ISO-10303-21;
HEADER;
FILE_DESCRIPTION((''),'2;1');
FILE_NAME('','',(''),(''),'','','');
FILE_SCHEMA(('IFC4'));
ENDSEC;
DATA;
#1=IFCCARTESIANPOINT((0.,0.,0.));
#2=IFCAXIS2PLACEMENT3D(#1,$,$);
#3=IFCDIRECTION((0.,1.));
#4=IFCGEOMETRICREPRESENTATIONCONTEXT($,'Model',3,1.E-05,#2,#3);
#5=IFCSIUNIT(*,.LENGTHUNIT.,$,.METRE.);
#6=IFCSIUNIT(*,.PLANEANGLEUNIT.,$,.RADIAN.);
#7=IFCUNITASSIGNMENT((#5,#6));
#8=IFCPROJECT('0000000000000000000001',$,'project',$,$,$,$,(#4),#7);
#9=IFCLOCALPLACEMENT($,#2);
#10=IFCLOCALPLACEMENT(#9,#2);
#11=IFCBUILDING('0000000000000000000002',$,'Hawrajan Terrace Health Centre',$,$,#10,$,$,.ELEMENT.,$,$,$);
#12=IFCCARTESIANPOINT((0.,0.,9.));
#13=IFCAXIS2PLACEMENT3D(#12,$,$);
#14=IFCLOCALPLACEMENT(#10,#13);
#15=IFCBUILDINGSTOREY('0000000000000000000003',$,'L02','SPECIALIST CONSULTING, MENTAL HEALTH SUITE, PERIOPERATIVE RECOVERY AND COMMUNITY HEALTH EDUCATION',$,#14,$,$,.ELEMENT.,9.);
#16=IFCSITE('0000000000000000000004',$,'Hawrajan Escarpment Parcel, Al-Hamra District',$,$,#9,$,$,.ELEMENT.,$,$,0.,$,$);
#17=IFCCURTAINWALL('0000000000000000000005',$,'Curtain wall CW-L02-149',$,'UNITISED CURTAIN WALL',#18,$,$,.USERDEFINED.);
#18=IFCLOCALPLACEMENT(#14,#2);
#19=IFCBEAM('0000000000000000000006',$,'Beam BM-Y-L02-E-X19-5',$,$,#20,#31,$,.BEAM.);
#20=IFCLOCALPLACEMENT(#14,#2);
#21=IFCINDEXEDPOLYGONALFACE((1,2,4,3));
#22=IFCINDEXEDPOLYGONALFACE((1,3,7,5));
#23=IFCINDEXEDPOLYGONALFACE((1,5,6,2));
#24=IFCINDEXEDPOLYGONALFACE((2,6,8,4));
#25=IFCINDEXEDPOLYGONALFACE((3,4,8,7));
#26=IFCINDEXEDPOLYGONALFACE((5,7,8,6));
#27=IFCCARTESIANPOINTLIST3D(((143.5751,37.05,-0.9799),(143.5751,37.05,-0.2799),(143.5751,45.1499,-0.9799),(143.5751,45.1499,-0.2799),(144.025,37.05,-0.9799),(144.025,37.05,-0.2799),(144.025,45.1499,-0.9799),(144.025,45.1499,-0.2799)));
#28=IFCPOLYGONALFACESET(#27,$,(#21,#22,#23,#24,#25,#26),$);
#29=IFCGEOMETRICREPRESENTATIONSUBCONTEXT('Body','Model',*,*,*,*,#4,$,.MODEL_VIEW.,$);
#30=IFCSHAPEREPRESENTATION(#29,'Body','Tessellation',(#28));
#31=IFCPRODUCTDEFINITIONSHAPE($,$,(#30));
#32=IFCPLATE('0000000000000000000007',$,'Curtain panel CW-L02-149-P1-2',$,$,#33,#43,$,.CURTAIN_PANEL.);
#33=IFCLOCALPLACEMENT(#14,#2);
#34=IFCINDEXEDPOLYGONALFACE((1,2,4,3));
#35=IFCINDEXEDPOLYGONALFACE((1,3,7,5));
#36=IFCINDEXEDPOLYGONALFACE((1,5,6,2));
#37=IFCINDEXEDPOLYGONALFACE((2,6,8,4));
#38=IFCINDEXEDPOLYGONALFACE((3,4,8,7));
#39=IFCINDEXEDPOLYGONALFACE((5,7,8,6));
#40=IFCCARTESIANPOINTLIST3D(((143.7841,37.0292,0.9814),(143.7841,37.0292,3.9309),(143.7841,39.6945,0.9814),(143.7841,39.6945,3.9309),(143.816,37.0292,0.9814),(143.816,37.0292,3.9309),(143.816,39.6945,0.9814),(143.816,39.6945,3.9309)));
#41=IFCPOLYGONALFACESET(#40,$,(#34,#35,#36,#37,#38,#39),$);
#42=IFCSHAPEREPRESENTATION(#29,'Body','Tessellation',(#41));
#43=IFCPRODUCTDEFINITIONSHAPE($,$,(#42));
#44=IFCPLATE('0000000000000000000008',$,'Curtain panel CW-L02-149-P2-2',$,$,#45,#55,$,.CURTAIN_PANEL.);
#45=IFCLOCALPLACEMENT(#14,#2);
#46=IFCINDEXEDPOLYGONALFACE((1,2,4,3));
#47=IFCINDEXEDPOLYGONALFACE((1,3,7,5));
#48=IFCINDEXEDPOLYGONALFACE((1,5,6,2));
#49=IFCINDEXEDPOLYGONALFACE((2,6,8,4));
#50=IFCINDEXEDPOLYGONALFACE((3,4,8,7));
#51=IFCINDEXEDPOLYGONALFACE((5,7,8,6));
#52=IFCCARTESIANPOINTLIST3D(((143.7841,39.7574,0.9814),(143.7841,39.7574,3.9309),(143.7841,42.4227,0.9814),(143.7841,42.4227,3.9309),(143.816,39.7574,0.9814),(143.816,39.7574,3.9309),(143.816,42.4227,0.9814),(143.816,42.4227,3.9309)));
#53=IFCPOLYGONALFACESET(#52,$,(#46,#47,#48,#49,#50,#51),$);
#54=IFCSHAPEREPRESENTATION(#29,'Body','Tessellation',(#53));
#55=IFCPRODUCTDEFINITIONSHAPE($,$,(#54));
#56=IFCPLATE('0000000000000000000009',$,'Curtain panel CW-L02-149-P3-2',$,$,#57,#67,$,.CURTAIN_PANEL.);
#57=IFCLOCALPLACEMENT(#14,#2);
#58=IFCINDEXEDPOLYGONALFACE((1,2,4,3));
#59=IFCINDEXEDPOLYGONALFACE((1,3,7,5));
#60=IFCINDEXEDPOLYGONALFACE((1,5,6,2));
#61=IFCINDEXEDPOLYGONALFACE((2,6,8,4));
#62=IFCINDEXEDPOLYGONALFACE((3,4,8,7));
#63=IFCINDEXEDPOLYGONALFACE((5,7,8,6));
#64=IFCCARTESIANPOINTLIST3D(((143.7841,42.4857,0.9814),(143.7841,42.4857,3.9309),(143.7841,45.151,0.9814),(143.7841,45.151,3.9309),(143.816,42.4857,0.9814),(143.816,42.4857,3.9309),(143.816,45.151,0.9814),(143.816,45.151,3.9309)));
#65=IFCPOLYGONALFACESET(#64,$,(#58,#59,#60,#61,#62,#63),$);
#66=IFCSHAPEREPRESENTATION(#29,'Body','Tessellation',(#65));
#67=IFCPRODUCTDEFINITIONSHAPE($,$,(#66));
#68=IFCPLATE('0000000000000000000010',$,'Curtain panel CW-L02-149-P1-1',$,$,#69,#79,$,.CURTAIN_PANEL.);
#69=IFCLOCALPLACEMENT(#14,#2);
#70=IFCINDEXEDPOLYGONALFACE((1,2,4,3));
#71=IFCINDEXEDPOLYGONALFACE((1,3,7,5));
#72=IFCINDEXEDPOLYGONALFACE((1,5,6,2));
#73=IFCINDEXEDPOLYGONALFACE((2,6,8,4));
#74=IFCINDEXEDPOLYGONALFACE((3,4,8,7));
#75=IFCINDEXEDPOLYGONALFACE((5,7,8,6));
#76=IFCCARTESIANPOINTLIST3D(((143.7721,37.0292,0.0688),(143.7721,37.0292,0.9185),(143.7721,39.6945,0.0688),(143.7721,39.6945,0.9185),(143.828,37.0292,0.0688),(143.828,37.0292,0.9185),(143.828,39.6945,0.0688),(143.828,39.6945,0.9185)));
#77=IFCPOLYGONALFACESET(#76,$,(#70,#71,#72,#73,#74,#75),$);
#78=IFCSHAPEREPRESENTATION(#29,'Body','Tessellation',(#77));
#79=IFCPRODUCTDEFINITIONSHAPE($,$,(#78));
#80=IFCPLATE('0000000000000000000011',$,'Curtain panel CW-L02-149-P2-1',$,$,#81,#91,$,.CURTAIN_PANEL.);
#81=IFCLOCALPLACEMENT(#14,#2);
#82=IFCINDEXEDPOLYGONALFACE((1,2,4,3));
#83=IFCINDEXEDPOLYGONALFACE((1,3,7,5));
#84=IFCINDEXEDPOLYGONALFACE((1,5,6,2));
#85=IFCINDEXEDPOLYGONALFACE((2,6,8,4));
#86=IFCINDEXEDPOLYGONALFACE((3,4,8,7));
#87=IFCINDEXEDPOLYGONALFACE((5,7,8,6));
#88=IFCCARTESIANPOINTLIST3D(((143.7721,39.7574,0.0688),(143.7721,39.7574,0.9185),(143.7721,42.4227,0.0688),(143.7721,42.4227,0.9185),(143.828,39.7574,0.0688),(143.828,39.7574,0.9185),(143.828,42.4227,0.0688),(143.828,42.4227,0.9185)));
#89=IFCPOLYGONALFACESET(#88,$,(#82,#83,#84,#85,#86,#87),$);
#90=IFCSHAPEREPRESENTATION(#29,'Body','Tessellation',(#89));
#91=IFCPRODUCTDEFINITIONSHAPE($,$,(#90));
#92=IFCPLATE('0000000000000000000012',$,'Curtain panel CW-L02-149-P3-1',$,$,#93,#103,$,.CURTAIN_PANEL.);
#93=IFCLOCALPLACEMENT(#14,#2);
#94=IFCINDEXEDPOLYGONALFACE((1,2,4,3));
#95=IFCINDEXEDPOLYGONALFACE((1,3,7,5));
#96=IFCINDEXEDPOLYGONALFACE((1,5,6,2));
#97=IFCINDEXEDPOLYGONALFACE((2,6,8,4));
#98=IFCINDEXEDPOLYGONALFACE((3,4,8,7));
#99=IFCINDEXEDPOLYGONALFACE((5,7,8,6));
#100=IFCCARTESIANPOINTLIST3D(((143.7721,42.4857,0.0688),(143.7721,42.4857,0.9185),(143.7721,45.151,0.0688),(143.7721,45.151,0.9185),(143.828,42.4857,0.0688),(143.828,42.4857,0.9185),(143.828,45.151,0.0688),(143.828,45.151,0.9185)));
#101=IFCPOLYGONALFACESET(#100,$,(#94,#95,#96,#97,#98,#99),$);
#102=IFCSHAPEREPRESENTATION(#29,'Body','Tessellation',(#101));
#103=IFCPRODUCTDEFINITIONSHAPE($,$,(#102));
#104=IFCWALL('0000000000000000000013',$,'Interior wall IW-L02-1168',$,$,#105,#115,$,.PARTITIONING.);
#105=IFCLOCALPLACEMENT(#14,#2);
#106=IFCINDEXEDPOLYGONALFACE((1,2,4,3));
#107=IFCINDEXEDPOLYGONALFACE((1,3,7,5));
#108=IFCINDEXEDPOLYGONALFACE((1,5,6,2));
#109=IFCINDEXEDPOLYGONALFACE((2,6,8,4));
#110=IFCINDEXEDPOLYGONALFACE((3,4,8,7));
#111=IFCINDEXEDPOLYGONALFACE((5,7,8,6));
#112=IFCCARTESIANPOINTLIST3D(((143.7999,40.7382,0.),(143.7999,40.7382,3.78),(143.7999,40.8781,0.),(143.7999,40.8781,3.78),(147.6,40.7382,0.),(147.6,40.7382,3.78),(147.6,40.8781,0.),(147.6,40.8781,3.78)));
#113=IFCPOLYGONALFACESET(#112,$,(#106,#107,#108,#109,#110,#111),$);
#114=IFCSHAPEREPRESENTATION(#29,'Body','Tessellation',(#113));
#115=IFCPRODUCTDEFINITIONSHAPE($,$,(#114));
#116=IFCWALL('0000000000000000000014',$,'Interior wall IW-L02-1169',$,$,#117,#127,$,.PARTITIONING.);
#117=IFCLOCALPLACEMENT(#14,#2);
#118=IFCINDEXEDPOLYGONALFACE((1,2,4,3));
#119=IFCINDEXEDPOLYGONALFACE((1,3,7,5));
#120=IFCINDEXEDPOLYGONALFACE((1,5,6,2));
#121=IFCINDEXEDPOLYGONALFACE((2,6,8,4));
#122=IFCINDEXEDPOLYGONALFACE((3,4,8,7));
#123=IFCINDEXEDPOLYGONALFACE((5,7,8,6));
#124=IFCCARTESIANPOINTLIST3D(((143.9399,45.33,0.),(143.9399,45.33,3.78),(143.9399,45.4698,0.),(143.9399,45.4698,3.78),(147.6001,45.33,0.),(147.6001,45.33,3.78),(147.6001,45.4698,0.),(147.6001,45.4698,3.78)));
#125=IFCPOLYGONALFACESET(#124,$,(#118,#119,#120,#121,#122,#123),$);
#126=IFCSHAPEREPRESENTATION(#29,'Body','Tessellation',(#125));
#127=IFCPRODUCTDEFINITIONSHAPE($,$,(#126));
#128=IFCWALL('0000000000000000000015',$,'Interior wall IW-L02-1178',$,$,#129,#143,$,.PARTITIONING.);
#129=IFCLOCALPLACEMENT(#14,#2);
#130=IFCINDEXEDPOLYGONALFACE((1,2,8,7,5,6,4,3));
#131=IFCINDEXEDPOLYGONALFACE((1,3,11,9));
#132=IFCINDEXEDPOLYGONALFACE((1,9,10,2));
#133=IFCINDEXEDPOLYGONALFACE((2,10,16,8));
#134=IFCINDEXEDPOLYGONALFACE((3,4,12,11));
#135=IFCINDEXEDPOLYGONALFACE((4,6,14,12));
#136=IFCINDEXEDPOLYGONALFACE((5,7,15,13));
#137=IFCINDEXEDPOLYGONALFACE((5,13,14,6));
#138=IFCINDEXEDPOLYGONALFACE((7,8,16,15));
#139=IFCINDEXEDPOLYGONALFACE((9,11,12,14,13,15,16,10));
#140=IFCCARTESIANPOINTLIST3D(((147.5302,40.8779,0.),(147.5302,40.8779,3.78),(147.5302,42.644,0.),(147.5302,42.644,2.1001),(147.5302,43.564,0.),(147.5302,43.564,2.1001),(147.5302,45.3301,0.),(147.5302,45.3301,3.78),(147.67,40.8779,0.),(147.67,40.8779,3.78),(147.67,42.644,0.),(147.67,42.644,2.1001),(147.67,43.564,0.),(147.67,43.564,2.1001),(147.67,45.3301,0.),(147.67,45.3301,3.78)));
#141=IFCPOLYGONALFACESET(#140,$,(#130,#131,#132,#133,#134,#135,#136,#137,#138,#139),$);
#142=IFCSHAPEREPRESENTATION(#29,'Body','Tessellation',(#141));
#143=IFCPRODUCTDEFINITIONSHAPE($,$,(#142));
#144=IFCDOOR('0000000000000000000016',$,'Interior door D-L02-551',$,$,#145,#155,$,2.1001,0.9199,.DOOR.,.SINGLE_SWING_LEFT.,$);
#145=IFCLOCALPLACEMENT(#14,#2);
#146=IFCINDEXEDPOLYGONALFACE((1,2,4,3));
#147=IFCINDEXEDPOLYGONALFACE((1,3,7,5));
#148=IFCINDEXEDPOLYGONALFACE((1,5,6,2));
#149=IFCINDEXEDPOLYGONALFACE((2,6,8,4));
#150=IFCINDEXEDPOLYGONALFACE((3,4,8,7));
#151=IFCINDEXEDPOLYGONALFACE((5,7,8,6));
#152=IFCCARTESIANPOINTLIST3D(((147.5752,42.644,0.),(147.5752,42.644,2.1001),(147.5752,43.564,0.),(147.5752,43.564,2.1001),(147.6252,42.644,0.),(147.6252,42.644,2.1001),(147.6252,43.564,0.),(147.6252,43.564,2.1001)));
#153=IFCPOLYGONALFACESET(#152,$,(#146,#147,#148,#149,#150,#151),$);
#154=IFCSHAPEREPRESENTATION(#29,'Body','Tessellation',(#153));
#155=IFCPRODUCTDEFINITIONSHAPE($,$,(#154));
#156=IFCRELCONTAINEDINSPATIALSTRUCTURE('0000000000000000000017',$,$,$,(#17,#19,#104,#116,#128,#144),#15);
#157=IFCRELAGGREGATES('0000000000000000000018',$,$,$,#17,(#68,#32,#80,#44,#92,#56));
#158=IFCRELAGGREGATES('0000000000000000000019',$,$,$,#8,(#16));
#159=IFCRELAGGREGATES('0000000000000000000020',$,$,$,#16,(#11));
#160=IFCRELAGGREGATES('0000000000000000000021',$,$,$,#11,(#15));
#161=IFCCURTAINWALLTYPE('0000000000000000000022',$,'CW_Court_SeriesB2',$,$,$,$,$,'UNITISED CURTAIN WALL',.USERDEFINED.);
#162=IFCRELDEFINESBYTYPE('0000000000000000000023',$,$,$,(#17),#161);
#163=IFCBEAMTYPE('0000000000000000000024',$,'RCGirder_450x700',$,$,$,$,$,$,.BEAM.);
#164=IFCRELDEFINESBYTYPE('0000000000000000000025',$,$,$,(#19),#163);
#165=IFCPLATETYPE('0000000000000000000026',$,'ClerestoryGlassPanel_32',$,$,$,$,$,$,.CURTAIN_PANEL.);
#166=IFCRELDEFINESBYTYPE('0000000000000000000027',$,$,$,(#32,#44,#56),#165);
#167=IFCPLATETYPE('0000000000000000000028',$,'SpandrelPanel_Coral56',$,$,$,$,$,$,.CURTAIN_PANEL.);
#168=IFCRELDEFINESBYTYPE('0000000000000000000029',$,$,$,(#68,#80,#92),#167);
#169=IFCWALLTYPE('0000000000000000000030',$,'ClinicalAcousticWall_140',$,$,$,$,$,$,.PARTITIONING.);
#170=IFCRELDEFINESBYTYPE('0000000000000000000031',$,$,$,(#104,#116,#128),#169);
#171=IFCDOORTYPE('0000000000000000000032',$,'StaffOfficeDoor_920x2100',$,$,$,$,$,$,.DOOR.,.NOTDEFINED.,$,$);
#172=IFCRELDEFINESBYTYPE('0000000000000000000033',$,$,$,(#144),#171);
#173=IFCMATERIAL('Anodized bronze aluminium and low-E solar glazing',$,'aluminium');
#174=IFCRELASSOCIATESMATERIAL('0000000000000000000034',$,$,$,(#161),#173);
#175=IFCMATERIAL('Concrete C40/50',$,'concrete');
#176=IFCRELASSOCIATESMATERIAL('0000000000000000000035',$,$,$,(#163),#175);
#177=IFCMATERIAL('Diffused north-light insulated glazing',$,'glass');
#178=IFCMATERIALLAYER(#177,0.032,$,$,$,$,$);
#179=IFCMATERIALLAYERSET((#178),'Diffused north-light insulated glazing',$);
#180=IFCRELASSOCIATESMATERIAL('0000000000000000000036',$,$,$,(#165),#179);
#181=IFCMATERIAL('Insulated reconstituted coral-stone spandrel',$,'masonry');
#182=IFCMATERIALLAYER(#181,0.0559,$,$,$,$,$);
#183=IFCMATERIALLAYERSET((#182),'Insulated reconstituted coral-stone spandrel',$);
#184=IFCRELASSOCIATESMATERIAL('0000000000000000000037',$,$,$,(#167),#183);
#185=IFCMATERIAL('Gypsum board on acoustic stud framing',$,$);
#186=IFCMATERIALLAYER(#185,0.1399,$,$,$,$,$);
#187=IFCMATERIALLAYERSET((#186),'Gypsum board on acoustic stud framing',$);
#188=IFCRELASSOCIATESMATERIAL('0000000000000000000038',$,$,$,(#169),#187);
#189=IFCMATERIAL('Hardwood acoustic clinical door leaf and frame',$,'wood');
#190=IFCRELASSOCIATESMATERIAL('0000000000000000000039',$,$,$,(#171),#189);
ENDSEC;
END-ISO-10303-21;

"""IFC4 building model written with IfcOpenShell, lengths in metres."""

from ifc_helpers import new_model, si_unit, direction, frame, frame_2d, origin, origin_2d, place, context, subcontext, project, spatial, rectangle, extrude, material, layer, layer_set, material_profile, profile_set, type_object, element, fill, aggregate, save


model = new_model("IFC4")

# Units and contexts
model_context = context("Model", 3, precision=1e-05, world=origin(), true_north=direction((0.0, 1.0)))
body_context = subcontext(model_context, "Body", "Model", "MODEL_VIEW")
ifc_project = project(units=[si_unit("LENGTHUNIT", "METRE"), si_unit("PLANEANGLEUNIT", "RADIAN")], contexts=[model_context])

# Site, building, storey
site_placement = place(None, origin())
site = spatial("IfcSite", under=ifc_project, at=site_placement, Name="Hawrajan Escarpment Parcel, Al-Hamra District", CompositionType="ELEMENT", RefElevation=0.0)
building_placement = place(site_placement, origin())
building = spatial("IfcBuilding", under=site, at=building_placement, Name="Hawrajan Terrace Health Centre", CompositionType="ELEMENT")
storey_placement = place(building_placement, frame((0.0, 0.0, 9.0)))
storey = spatial("IfcBuildingStorey", under=building, at=storey_placement, Name="L02", Description="SPECIALIST CONSULTING, MENTAL HEALTH SUITE, PERIOPERATIVE RECOVERY AND COMMUNITY HEALTH EDUCATION", CompositionType="ELEMENT", Elevation=9.0)

# Curtain wall
ifc_material_1 = material(Name="Anodized bronze aluminium and low-E solar glazing", Category="aluminium")
curtain_wall_type = type_object("IfcCurtainWallType", Name="CW_Court_SeriesB2", ElementType="UNITISED CURTAIN WALL", PredefinedType="USERDEFINED", material=ifc_material_1)
curtain_wall_placement = place(storey_placement, origin())
curtain_wall = element("IfcCurtainWall", 1, at=curtain_wall_placement, inside=storey, type_object=curtain_wall_type, Name="Curtain wall CW-L02-149", ObjectType="UNITISED CURTAIN WALL", PredefinedType="USERDEFINED")

# Beam
ifc_material_2 = material(Name="Concrete C40/50", Category="concrete")
ifc_material_profile_1 = material_profile(ifc_material_2, rectangle(XDim=0.45, YDim=0.7, at=origin_2d()), Name="RC BM 450x700")
ifc_profile_set_1 = profile_set([ifc_material_profile_1], Name="Concrete C40/50")
beam_type_1 = type_object("IfcBeamType", Name="RCGirder_450x700", PredefinedType="BEAM", material=ifc_profile_set_1)
beam_1_placement = place(storey_placement, frame((143.8, 37.05, -0.6299), z_axis=(0.0, 1.0, 0.0), x_axis=(-1.0, 0.0, 0.0)))
element("IfcBeam", 2, at=beam_1_placement, inside=storey, type_object=beam_type_1, Name="Beam BM-Y-L02-E-X19-5", PredefinedType="BEAM", context=body_context, shape_type="SweptSolid", body=[
    extrude(rectangle(XDim=0.45, YDim=0.7, at=origin_2d()), origin(), (0.0, 0.0, 1.0), 8.0999),
])

# Plates
ifc_material_3 = material(Name="Diffused north-light insulated glazing", Category="glass")
ifc_layer_1 = layer(ifc_material_3, 0.032)
ifc_layer_set_1 = layer_set([ifc_layer_1], Name="Diffused north-light insulated glazing")
plate_type_1 = type_object("IfcPlateType", Name="ClerestoryGlassPanel_32", PredefinedType="CURTAIN_PANEL", material=ifc_layer_set_1)
plate_1_placement = place(storey_placement, frame((143.8, 38.3618, 0.9814), z_axis=(0.0, 0.0, 1.0), x_axis=(0.0, 1.0, 0.0)))
plate_1 = element("IfcPlate", 3, at=plate_1_placement, type_object=plate_type_1, Name="Curtain panel CW-L02-149-P1-2", PredefinedType="CURTAIN_PANEL", context=body_context, shape_type="SweptSolid", body=[
    extrude(rectangle(XDim=2.6653, YDim=0.032, at=origin_2d()), origin(), (0.0, 0.0, 1.0), 2.9495),
])
plate_2_placement = place(storey_placement, frame((143.8, 41.0901, 0.9814), z_axis=(0.0, 0.0, 1.0), x_axis=(0.0, 1.0, 0.0)))
plate_2 = element("IfcPlate", 4, at=plate_2_placement, type_object=plate_type_1, Name="Curtain panel CW-L02-149-P2-2", PredefinedType="CURTAIN_PANEL", context=body_context, shape_type="SweptSolid", body=[
    extrude(rectangle(XDim=2.6653, YDim=0.032, at=origin_2d()), origin(), (0.0, 0.0, 1.0), 2.9495),
])
plate_3_placement = place(storey_placement, frame((143.8, 43.8184, 0.9814), z_axis=(0.0, 0.0, 1.0), x_axis=(0.0, 1.0, 0.0)))
plate_3 = element("IfcPlate", 5, at=plate_3_placement, type_object=plate_type_1, Name="Curtain panel CW-L02-149-P3-2", PredefinedType="CURTAIN_PANEL", context=body_context, shape_type="SweptSolid", body=[
    extrude(rectangle(XDim=2.6653, YDim=0.032, at=origin_2d()), origin(), (0.0, 0.0, 1.0), 2.9495),
])
ifc_material_4 = material(Name="Insulated reconstituted coral-stone spandrel", Category="masonry")
ifc_layer_2 = layer(ifc_material_4, 0.0559)
ifc_layer_set_2 = layer_set([ifc_layer_2], Name="Insulated reconstituted coral-stone spandrel")
plate_type_2 = type_object("IfcPlateType", Name="SpandrelPanel_Coral56", PredefinedType="CURTAIN_PANEL", material=ifc_layer_set_2)
plate_4_placement = place(storey_placement, frame((143.8, 38.3618, 0.0688), z_axis=(0.0, 0.0, 1.0), x_axis=(0.0, 1.0, 0.0)))
plate_4 = element("IfcPlate", 6, at=plate_4_placement, type_object=plate_type_2, Name="Curtain panel CW-L02-149-P1-1", PredefinedType="CURTAIN_PANEL", context=body_context, shape_type="SweptSolid", body=[
    extrude(rectangle(XDim=2.6653, YDim=0.0559, at=origin_2d()), origin(), (0.0, 0.0, 1.0), 0.8496),
])
plate_5_placement = place(storey_placement, frame((143.8, 41.0901, 0.0688), z_axis=(0.0, 0.0, 1.0), x_axis=(0.0, 1.0, 0.0)))
plate_5 = element("IfcPlate", 7, at=plate_5_placement, type_object=plate_type_2, Name="Curtain panel CW-L02-149-P2-1", PredefinedType="CURTAIN_PANEL", context=body_context, shape_type="SweptSolid", body=[
    extrude(rectangle(XDim=2.6653, YDim=0.0559, at=origin_2d()), origin(), (0.0, 0.0, 1.0), 0.8496),
])
plate_6_placement = place(storey_placement, frame((143.8, 43.8184, 0.0688), z_axis=(0.0, 0.0, 1.0), x_axis=(0.0, 1.0, 0.0)))
plate_6 = element("IfcPlate", 8, at=plate_6_placement, type_object=plate_type_2, Name="Curtain panel CW-L02-149-P3-1", PredefinedType="CURTAIN_PANEL", context=body_context, shape_type="SweptSolid", body=[
    extrude(rectangle(XDim=2.6653, YDim=0.0559, at=origin_2d()), origin(), (0.0, 0.0, 1.0), 0.8496),
])
aggregate(curtain_wall, [plate_4, plate_1, plate_5, plate_2, plate_6, plate_3])

# Walls
ifc_material_5 = material(Name="Gypsum board on acoustic stud framing")
ifc_layer_3 = layer(ifc_material_5, 0.1399)
ifc_layer_set_3 = layer_set([ifc_layer_3], Name="Gypsum board on acoustic stud framing")
wall_type = type_object("IfcWallType", Name="ClinicalAcousticWall_140", PredefinedType="PARTITIONING", material=ifc_layer_set_3)
wall_1_placement = place(storey_placement, frame((143.8, 40.8081, 0.0), z_axis=(0.0, 0.0, 1.0), x_axis=(1.0, 0.0, 0.0)))
element("IfcWall", 9, at=wall_1_placement, inside=storey, type_object=wall_type, Name="Interior wall IW-L02-1168", PredefinedType="PARTITIONING", context=body_context, shape_type="SweptSolid", body=[
    extrude(rectangle(XDim=3.8, YDim=0.1399, at=frame_2d((1.8999, 0.0))), origin(), (0.0, 0.0, 1.0), 3.78),
])
wall_2_placement = place(storey_placement, frame((143.9399, 45.3999, 0.0), z_axis=(0.0, 0.0, 1.0), x_axis=(1.0, 0.0, 0.0)))
element("IfcWall", 10, at=wall_2_placement, inside=storey, type_object=wall_type, Name="Interior wall IW-L02-1169", PredefinedType="PARTITIONING", context=body_context, shape_type="SweptSolid", body=[
    extrude(rectangle(XDim=3.6602, YDim=0.1399, at=frame_2d((1.8301, 0.0))), origin(), (0.0, 0.0, 1.0), 3.78),
])

# Wall, opening, door
wall_3_placement = place(storey_placement, frame((147.6001, 40.8779, 0.0), z_axis=(0.0, 0.0, 1.0), x_axis=(0.0, 1.0, 0.0)))
wall_3 = element("IfcWall", 11, at=wall_3_placement, inside=storey, type_object=wall_type, Name="Interior wall IW-L02-1178", PredefinedType="PARTITIONING", context=body_context, shape_type="SweptSolid", body=[
    extrude(rectangle(XDim=4.4521, YDim=0.1399, at=frame_2d((2.2261, 0.0))), origin(), (0.0, 0.0, 1.0), 3.78),
])
opening_placement = place(wall_3_placement, frame((1.7661, 0.0, 0.0)))
opening = element("IfcOpeningElement", 12, at=opening_placement, cuts=wall_3, PredefinedType="OPENING", context=body_context, shape_type="SweptSolid", body=[
    extrude(rectangle(XDim=0.9199, YDim=2.1001, at=frame_2d((0.46, 1.05))), frame((0.0, 0.0798, 0.0), z_axis=(0.0, -1.0, 0.0), x_axis=(1.0, 0.0, 0.0)), (0.0, 0.0, 1.0), 0.1599),
])
ifc_material_6 = material(Name="Hardwood acoustic clinical door leaf and frame", Category="wood")
door_type = type_object("IfcDoorType", Name="StaffOfficeDoor_920x2100", OperationType="NOTDEFINED", PredefinedType="DOOR", material=ifc_material_6)
door_placement = place(opening_placement, origin())
door = element("IfcDoor", 13, at=door_placement, inside=storey, type_object=door_type, Name="Interior door D-L02-551", OperationType="SINGLE_SWING_LEFT", OverallHeight=2.1001, OverallWidth=0.9199, PredefinedType="DOOR", context=body_context, shape_type="SweptSolid", body=[
    extrude(rectangle(XDim=0.9199, YDim=2.1001, at=frame_2d((0.46, 1.05))), frame((0.0, 0.0249, 0.0), z_axis=(0.0, -1.0, 0.0), x_axis=(1.0, 0.0, 0.0)), (0.0, 0.0, 1.0), 0.05),
])
fill(opening, door)

save(model, "model.ifc")
